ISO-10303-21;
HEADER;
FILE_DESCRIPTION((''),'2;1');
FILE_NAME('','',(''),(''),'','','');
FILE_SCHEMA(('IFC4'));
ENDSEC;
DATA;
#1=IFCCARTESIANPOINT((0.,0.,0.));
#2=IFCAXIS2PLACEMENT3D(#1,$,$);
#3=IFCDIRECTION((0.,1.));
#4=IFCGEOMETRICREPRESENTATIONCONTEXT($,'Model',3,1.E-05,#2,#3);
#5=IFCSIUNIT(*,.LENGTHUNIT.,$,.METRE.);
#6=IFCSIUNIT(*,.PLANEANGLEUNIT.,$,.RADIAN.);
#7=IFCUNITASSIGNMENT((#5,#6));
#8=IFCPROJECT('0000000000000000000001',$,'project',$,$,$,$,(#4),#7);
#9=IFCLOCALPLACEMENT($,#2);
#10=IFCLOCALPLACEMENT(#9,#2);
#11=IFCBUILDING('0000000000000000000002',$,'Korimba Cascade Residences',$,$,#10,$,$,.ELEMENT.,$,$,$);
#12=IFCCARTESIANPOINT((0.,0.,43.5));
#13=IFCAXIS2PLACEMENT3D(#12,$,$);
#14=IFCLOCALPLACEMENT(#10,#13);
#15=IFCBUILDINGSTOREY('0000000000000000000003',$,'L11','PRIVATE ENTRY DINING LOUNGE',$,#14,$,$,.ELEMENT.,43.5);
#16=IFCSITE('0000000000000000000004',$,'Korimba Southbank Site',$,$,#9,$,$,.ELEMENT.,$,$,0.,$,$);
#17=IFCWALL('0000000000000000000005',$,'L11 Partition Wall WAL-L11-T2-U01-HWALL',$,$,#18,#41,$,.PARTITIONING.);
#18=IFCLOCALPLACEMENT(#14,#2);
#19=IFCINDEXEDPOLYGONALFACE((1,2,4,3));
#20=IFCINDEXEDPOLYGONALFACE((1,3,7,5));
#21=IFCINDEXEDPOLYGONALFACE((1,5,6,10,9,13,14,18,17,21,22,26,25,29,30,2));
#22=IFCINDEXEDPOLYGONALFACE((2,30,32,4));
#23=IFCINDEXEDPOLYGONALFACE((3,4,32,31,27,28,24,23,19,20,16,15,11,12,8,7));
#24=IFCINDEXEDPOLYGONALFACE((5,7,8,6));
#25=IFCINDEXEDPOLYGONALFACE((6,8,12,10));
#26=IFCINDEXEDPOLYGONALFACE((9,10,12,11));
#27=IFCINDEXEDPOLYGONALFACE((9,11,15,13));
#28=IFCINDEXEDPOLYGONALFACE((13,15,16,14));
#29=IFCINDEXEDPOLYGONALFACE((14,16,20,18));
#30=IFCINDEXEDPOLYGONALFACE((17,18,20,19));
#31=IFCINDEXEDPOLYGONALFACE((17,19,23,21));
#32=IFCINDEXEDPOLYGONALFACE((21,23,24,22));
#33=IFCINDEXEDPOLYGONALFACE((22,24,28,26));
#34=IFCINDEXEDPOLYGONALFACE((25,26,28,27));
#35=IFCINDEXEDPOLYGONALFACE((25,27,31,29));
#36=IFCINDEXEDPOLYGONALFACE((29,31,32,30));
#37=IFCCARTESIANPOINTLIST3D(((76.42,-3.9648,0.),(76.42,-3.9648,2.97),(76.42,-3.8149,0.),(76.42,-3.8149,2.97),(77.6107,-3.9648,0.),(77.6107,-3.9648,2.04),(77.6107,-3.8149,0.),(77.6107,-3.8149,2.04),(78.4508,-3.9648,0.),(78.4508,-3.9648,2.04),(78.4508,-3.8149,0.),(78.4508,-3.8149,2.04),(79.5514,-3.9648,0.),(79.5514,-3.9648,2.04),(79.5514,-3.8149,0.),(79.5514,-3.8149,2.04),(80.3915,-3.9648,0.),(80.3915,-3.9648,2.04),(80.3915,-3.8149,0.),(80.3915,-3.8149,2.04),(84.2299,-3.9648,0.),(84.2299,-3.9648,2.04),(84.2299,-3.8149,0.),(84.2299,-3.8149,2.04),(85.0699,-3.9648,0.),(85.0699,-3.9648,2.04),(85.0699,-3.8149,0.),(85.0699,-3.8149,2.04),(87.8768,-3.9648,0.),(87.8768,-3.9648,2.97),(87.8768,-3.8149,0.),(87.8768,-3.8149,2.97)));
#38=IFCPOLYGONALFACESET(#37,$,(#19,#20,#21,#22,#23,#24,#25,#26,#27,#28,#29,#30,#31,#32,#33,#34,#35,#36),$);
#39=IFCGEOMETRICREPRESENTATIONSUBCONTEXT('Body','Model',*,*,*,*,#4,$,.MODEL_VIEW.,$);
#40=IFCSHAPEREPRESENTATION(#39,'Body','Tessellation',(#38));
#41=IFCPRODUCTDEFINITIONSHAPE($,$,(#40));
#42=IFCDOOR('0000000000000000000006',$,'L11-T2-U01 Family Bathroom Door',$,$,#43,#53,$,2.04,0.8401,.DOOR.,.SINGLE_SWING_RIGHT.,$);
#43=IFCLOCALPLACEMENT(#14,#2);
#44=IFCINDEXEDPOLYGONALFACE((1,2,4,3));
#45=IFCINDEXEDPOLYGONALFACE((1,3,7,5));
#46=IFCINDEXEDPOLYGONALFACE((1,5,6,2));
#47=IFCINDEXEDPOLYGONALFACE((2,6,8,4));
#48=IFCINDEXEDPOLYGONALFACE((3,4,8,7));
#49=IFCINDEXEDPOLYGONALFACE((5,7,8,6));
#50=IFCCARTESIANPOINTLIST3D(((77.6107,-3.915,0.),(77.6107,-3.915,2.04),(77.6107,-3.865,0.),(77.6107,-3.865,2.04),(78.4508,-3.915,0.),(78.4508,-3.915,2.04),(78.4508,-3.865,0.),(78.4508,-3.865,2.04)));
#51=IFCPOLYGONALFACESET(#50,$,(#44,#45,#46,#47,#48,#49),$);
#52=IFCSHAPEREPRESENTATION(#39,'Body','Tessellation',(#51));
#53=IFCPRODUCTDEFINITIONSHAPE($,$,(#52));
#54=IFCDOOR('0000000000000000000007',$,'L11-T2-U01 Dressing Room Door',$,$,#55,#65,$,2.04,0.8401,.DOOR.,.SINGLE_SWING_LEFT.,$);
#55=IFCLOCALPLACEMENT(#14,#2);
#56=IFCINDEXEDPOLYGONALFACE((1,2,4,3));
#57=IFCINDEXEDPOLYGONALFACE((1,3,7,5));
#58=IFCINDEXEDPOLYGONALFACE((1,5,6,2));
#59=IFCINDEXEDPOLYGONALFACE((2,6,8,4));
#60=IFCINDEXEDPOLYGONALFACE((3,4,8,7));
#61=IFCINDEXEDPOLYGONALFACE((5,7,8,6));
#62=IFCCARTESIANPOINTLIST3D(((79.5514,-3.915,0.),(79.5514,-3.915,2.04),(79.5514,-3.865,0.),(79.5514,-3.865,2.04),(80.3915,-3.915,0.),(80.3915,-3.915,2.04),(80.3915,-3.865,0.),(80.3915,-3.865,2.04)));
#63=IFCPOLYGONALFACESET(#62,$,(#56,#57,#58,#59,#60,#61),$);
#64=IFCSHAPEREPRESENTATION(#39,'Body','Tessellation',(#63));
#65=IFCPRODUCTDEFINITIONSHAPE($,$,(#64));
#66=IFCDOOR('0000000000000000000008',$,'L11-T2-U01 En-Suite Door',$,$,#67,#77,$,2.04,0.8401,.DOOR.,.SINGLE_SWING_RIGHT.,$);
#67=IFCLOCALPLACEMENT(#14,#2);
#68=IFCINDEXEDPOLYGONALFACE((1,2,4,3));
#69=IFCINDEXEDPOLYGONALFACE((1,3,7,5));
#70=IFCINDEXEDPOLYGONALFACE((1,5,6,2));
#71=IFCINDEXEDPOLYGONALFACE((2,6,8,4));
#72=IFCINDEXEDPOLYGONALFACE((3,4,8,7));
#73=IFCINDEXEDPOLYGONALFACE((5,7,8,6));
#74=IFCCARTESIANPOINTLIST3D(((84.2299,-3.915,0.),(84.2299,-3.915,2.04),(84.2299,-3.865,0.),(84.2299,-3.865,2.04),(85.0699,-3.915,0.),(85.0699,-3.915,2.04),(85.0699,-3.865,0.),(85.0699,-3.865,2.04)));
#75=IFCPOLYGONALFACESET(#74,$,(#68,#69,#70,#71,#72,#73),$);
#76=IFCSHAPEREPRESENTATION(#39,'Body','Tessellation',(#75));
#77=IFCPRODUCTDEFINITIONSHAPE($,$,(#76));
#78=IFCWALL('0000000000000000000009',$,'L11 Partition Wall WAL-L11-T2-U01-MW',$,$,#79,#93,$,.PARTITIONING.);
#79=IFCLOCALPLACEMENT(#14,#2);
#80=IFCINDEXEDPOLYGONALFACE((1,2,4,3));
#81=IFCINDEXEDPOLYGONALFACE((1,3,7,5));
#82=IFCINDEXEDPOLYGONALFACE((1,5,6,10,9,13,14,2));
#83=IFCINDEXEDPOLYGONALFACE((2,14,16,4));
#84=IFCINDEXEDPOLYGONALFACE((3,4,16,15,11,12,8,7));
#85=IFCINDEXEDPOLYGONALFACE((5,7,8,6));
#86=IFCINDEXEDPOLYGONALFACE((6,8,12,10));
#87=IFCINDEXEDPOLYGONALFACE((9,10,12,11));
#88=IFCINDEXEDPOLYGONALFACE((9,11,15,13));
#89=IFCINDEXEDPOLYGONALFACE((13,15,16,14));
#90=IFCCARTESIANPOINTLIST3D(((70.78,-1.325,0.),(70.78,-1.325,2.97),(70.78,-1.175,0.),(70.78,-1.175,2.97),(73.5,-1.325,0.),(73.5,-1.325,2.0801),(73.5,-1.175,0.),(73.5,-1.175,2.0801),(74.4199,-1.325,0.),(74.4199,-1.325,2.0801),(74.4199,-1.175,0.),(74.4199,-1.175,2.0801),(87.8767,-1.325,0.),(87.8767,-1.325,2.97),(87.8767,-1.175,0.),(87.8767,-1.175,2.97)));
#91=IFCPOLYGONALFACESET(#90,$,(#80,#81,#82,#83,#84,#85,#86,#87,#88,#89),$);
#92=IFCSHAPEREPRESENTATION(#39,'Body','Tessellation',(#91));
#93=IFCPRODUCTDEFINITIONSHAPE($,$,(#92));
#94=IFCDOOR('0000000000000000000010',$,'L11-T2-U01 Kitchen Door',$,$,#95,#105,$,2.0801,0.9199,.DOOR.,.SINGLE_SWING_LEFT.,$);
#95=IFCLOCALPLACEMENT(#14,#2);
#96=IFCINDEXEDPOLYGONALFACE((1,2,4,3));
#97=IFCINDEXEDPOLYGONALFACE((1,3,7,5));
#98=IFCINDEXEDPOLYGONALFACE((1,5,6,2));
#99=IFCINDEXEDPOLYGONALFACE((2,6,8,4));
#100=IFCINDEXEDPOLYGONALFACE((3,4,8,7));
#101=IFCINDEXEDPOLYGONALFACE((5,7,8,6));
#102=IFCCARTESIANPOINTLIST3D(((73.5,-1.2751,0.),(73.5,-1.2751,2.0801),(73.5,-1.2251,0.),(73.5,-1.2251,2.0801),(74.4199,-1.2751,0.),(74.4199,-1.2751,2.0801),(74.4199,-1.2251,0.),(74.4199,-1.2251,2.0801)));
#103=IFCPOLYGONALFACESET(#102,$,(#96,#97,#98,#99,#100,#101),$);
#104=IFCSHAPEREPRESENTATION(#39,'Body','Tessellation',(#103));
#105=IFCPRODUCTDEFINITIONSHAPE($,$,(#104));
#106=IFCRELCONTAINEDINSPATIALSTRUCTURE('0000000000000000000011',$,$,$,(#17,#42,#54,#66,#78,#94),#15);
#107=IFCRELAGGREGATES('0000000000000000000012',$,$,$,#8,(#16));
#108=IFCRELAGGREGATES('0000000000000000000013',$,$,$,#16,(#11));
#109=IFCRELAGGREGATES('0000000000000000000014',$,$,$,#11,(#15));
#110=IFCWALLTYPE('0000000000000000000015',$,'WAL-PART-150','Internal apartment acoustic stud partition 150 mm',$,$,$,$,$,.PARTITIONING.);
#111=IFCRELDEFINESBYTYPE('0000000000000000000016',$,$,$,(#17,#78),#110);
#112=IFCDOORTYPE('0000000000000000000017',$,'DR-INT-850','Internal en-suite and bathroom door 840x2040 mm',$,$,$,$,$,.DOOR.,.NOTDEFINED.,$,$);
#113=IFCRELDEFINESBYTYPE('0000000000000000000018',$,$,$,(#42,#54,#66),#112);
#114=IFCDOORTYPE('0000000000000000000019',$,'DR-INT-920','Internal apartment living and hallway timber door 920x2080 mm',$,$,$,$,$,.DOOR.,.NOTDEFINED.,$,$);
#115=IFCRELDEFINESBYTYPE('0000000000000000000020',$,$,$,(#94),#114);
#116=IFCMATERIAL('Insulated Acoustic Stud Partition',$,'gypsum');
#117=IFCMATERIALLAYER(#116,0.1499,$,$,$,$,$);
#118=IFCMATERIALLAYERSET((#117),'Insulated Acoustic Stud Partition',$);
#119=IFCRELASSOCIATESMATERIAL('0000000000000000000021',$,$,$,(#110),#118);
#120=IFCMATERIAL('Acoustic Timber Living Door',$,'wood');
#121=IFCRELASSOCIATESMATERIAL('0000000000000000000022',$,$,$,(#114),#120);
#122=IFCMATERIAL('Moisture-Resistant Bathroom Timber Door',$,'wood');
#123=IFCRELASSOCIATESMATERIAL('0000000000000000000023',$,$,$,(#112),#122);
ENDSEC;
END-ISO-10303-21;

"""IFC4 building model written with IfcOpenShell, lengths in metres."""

from ifc_helpers import new_model, si_unit, direction, frame, frame_2d, origin, place, context, subcontext, project, spatial, rectangle, extrude, material, layer, layer_set, type_object, element, fill, save


model = new_model("IFC4")

# Units and contexts
model_context = context("Model", 3, precision=1e-05, world=origin(), true_north=direction((0.0, 1.0)))
body_context = subcontext(model_context, "Body", "Model", "MODEL_VIEW")
ifc_project = project(units=[si_unit("LENGTHUNIT", "METRE"), si_unit("PLANEANGLEUNIT", "RADIAN")], contexts=[model_context])

# Site, building, storey
site_placement = place(None, origin())
site = spatial("IfcSite", under=ifc_project, at=site_placement, Name="Korimba Southbank Site", CompositionType="ELEMENT", RefElevation=0.0)
building_placement = place(site_placement, origin())
building = spatial("IfcBuilding", under=site, at=building_placement, Name="Korimba Cascade Residences", CompositionType="ELEMENT")
storey_placement = place(building_placement, frame((0.0, 0.0, 43.5)))
storey = spatial("IfcBuildingStorey", under=building, at=storey_placement, Name="L11", Description="PRIVATE ENTRY DINING LOUNGE", CompositionType="ELEMENT", Elevation=43.5)

# Shared definitions
ifc_material_1 = material(Name="Insulated Acoustic Stud Partition", Category="gypsum")
ifc_layer_1 = layer(ifc_material_1, 0.1499)
ifc_layer_set_1 = layer_set([ifc_layer_1], Name="Insulated Acoustic Stud Partition")
wall_type_1 = type_object("IfcWallType", Name="WAL-PART-150", Description="Internal apartment acoustic stud partition 150 mm", PredefinedType="PARTITIONING", material=ifc_layer_set_1)

# Shared definitions
ifc_material_2 = material(Name="Acoustic Timber Living Door", Category="wood")
door_type_1 = type_object("IfcDoorType", Name="DR-INT-920", Description="Internal apartment living and hallway timber door 920x2080 mm", OperationType="NOTDEFINED", PredefinedType="DOOR", material=ifc_material_2)

# Wall, openings, doors
wall_1_placement = place(storey_placement, frame((76.4199, -3.8899, 0.0), z_axis=(0.0, 0.0, 1.0), x_axis=(1.0, 0.0, 0.0)))
wall_1 = element("IfcWall", 1, at=wall_1_placement, inside=storey, type_object=wall_type_1, Name="L11 Partition Wall WAL-L11-T2-U01-HWALL", PredefinedType="PARTITIONING", context=body_context, shape_type="SweptSolid", body=[
    extrude(rectangle(XDim=11.4568, YDim=0.1499, at=frame_2d((5.7285, 0.0))), origin(), (0.0, 0.0, 1.0), 2.97),
])
opening_1_placement = place(wall_1_placement, frame((1.1909, 0.0, 0.0)))
opening_1 = element("IfcOpeningElement", 2, at=opening_1_placement, cuts=wall_1, PredefinedType="OPENING", context=body_context, shape_type="SweptSolid", body=[
    extrude(rectangle(XDim=0.8401, YDim=2.04, at=frame_2d((0.4199, 1.02))), frame((0.0, 0.085, 0.0), z_axis=(0.0, -1.0, 0.0), x_axis=(1.0, 0.0, 0.0)), (0.0, 0.0, 1.0), 0.1699),
])
opening_2_placement = place(wall_1_placement, frame((3.1316, 0.0, 0.0)))
opening_2 = element("IfcOpeningElement", 3, at=opening_2_placement, cuts=wall_1, PredefinedType="OPENING", context=body_context, shape_type="SweptSolid", body=[
    extrude(rectangle(XDim=0.8401, YDim=2.04, at=frame_2d((0.4199, 1.02))), frame((0.0, 0.085, 0.0), z_axis=(0.0, -1.0, 0.0), x_axis=(1.0, 0.0, 0.0)), (0.0, 0.0, 1.0), 0.1699),
])
opening_3_placement = place(wall_1_placement, frame((7.8101, 0.0, 0.0)))
opening_3 = element("IfcOpeningElement", 4, at=opening_3_placement, cuts=wall_1, PredefinedType="OPENING", context=body_context, shape_type="SweptSolid", body=[
    extrude(rectangle(XDim=0.8401, YDim=2.04, at=frame_2d((0.4199, 1.02))), frame((0.0, 0.085, 0.0), z_axis=(0.0, -1.0, 0.0), x_axis=(1.0, 0.0, 0.0)), (0.0, 0.0, 1.0), 0.1699),
])
ifc_material_3 = material(Name="Moisture-Resistant Bathroom Timber Door", Category="wood")
door_type_2 = type_object("IfcDoorType", Name="DR-INT-850", Description="Internal en-suite and bathroom door 840x2040 mm", OperationType="NOTDEFINED", PredefinedType="DOOR", material=ifc_material_3)
door_1_placement = place(opening_1_placement, origin())
door_1 = element("IfcDoor", 5, at=door_1_placement, inside=storey, type_object=door_type_2, Name="L11-T2-U01 Family Bathroom Door", OperationType="SINGLE_SWING_RIGHT", OverallHeight=2.04, OverallWidth=0.8401, PredefinedType="DOOR", context=body_context, shape_type="SweptSolid", body=[
    extrude(rectangle(XDim=0.8401, YDim=2.04, at=frame_2d((0.4199, 1.02))), frame((0.0, 0.0249, 0.0), z_axis=(0.0, -1.0, 0.0), x_axis=(1.0, 0.0, 0.0)), (0.0, 0.0, 1.0), 0.05),
])
fill(opening_1, door_1)
door_2_placement = place(opening_2_placement, origin())
door_2 = element("IfcDoor", 6, at=door_2_placement, inside=storey, type_object=door_type_2, Name="L11-T2-U01 Dressing Room Door", OperationType="SINGLE_SWING_LEFT", OverallHeight=2.04, OverallWidth=0.8401, PredefinedType="DOOR", context=body_context, shape_type="SweptSolid", body=[
    extrude(rectangle(XDim=0.8401, YDim=2.04, at=frame_2d((0.4199, 1.02))), frame((0.0, 0.0249, 0.0), z_axis=(0.0, -1.0, 0.0), x_axis=(1.0, 0.0, 0.0)), (0.0, 0.0, 1.0), 0.05),
])
fill(opening_2, door_2)
door_3_placement = place(opening_3_placement, origin())
door_3 = element("IfcDoor", 7, at=door_3_placement, inside=storey, type_object=door_type_2, Name="L11-T2-U01 En-Suite Door", OperationType="SINGLE_SWING_RIGHT", OverallHeight=2.04, OverallWidth=0.8401, PredefinedType="DOOR", context=body_context, shape_type="SweptSolid", body=[
    extrude(rectangle(XDim=0.8401, YDim=2.04, at=frame_2d((0.4199, 1.02))), frame((0.0, 0.0249, 0.0), z_axis=(0.0, -1.0, 0.0), x_axis=(1.0, 0.0, 0.0)), (0.0, 0.0, 1.0), 0.05),
])
fill(opening_3, door_3)

# Wall, opening, door
wall_2_placement = place(storey_placement, frame((70.78, -1.25, 0.0), z_axis=(0.0, 0.0, 1.0), x_axis=(1.0, 0.0, 0.0)))
wall_2 = element("IfcWall", 8, at=wall_2_placement, inside=storey, type_object=wall_type_1, Name="L11 Partition Wall WAL-L11-T2-U01-MW", PredefinedType="PARTITIONING", context=body_context, shape_type="SweptSolid", body=[
    extrude(rectangle(XDim=17.0967, YDim=0.1499, at=frame_2d((8.5483, 0.0))), origin(), (0.0, 0.0, 1.0), 2.97),
])
opening_4_placement = place(wall_2_placement, frame((2.72, 0.0, 0.0)))
opening_4 = element("IfcOpeningElement", 9, at=opening_4_placement, cuts=wall_2, PredefinedType="OPENING", context=body_context, shape_type="SweptSolid", body=[
    extrude(rectangle(XDim=0.9199, YDim=2.0801, at=frame_2d((0.46, 1.04))), frame((0.0, 0.085, 0.0), z_axis=(0.0, -1.0, 0.0), x_axis=(1.0, 0.0, 0.0)), (0.0, 0.0, 1.0), 0.1699),
])
door_4_placement = place(opening_4_placement, origin())
door_4 = element("IfcDoor", 10, at=door_4_placement, inside=storey, type_object=door_type_1, Name="L11-T2-U01 Kitchen Door", OperationType="SINGLE_SWING_LEFT", OverallHeight=2.0801, OverallWidth=0.9199, PredefinedType="DOOR", context=body_context, shape_type="SweptSolid", body=[
    extrude(rectangle(XDim=0.9199, YDim=2.0801, at=frame_2d((0.46, 1.04))), frame((0.0, 0.0249, 0.0), z_axis=(0.0, -1.0, 0.0), x_axis=(1.0, 0.0, 0.0)), (0.0, 0.0, 1.0), 0.05),
])
fill(opening_4, door_4)

save(model, "model.ifc")
